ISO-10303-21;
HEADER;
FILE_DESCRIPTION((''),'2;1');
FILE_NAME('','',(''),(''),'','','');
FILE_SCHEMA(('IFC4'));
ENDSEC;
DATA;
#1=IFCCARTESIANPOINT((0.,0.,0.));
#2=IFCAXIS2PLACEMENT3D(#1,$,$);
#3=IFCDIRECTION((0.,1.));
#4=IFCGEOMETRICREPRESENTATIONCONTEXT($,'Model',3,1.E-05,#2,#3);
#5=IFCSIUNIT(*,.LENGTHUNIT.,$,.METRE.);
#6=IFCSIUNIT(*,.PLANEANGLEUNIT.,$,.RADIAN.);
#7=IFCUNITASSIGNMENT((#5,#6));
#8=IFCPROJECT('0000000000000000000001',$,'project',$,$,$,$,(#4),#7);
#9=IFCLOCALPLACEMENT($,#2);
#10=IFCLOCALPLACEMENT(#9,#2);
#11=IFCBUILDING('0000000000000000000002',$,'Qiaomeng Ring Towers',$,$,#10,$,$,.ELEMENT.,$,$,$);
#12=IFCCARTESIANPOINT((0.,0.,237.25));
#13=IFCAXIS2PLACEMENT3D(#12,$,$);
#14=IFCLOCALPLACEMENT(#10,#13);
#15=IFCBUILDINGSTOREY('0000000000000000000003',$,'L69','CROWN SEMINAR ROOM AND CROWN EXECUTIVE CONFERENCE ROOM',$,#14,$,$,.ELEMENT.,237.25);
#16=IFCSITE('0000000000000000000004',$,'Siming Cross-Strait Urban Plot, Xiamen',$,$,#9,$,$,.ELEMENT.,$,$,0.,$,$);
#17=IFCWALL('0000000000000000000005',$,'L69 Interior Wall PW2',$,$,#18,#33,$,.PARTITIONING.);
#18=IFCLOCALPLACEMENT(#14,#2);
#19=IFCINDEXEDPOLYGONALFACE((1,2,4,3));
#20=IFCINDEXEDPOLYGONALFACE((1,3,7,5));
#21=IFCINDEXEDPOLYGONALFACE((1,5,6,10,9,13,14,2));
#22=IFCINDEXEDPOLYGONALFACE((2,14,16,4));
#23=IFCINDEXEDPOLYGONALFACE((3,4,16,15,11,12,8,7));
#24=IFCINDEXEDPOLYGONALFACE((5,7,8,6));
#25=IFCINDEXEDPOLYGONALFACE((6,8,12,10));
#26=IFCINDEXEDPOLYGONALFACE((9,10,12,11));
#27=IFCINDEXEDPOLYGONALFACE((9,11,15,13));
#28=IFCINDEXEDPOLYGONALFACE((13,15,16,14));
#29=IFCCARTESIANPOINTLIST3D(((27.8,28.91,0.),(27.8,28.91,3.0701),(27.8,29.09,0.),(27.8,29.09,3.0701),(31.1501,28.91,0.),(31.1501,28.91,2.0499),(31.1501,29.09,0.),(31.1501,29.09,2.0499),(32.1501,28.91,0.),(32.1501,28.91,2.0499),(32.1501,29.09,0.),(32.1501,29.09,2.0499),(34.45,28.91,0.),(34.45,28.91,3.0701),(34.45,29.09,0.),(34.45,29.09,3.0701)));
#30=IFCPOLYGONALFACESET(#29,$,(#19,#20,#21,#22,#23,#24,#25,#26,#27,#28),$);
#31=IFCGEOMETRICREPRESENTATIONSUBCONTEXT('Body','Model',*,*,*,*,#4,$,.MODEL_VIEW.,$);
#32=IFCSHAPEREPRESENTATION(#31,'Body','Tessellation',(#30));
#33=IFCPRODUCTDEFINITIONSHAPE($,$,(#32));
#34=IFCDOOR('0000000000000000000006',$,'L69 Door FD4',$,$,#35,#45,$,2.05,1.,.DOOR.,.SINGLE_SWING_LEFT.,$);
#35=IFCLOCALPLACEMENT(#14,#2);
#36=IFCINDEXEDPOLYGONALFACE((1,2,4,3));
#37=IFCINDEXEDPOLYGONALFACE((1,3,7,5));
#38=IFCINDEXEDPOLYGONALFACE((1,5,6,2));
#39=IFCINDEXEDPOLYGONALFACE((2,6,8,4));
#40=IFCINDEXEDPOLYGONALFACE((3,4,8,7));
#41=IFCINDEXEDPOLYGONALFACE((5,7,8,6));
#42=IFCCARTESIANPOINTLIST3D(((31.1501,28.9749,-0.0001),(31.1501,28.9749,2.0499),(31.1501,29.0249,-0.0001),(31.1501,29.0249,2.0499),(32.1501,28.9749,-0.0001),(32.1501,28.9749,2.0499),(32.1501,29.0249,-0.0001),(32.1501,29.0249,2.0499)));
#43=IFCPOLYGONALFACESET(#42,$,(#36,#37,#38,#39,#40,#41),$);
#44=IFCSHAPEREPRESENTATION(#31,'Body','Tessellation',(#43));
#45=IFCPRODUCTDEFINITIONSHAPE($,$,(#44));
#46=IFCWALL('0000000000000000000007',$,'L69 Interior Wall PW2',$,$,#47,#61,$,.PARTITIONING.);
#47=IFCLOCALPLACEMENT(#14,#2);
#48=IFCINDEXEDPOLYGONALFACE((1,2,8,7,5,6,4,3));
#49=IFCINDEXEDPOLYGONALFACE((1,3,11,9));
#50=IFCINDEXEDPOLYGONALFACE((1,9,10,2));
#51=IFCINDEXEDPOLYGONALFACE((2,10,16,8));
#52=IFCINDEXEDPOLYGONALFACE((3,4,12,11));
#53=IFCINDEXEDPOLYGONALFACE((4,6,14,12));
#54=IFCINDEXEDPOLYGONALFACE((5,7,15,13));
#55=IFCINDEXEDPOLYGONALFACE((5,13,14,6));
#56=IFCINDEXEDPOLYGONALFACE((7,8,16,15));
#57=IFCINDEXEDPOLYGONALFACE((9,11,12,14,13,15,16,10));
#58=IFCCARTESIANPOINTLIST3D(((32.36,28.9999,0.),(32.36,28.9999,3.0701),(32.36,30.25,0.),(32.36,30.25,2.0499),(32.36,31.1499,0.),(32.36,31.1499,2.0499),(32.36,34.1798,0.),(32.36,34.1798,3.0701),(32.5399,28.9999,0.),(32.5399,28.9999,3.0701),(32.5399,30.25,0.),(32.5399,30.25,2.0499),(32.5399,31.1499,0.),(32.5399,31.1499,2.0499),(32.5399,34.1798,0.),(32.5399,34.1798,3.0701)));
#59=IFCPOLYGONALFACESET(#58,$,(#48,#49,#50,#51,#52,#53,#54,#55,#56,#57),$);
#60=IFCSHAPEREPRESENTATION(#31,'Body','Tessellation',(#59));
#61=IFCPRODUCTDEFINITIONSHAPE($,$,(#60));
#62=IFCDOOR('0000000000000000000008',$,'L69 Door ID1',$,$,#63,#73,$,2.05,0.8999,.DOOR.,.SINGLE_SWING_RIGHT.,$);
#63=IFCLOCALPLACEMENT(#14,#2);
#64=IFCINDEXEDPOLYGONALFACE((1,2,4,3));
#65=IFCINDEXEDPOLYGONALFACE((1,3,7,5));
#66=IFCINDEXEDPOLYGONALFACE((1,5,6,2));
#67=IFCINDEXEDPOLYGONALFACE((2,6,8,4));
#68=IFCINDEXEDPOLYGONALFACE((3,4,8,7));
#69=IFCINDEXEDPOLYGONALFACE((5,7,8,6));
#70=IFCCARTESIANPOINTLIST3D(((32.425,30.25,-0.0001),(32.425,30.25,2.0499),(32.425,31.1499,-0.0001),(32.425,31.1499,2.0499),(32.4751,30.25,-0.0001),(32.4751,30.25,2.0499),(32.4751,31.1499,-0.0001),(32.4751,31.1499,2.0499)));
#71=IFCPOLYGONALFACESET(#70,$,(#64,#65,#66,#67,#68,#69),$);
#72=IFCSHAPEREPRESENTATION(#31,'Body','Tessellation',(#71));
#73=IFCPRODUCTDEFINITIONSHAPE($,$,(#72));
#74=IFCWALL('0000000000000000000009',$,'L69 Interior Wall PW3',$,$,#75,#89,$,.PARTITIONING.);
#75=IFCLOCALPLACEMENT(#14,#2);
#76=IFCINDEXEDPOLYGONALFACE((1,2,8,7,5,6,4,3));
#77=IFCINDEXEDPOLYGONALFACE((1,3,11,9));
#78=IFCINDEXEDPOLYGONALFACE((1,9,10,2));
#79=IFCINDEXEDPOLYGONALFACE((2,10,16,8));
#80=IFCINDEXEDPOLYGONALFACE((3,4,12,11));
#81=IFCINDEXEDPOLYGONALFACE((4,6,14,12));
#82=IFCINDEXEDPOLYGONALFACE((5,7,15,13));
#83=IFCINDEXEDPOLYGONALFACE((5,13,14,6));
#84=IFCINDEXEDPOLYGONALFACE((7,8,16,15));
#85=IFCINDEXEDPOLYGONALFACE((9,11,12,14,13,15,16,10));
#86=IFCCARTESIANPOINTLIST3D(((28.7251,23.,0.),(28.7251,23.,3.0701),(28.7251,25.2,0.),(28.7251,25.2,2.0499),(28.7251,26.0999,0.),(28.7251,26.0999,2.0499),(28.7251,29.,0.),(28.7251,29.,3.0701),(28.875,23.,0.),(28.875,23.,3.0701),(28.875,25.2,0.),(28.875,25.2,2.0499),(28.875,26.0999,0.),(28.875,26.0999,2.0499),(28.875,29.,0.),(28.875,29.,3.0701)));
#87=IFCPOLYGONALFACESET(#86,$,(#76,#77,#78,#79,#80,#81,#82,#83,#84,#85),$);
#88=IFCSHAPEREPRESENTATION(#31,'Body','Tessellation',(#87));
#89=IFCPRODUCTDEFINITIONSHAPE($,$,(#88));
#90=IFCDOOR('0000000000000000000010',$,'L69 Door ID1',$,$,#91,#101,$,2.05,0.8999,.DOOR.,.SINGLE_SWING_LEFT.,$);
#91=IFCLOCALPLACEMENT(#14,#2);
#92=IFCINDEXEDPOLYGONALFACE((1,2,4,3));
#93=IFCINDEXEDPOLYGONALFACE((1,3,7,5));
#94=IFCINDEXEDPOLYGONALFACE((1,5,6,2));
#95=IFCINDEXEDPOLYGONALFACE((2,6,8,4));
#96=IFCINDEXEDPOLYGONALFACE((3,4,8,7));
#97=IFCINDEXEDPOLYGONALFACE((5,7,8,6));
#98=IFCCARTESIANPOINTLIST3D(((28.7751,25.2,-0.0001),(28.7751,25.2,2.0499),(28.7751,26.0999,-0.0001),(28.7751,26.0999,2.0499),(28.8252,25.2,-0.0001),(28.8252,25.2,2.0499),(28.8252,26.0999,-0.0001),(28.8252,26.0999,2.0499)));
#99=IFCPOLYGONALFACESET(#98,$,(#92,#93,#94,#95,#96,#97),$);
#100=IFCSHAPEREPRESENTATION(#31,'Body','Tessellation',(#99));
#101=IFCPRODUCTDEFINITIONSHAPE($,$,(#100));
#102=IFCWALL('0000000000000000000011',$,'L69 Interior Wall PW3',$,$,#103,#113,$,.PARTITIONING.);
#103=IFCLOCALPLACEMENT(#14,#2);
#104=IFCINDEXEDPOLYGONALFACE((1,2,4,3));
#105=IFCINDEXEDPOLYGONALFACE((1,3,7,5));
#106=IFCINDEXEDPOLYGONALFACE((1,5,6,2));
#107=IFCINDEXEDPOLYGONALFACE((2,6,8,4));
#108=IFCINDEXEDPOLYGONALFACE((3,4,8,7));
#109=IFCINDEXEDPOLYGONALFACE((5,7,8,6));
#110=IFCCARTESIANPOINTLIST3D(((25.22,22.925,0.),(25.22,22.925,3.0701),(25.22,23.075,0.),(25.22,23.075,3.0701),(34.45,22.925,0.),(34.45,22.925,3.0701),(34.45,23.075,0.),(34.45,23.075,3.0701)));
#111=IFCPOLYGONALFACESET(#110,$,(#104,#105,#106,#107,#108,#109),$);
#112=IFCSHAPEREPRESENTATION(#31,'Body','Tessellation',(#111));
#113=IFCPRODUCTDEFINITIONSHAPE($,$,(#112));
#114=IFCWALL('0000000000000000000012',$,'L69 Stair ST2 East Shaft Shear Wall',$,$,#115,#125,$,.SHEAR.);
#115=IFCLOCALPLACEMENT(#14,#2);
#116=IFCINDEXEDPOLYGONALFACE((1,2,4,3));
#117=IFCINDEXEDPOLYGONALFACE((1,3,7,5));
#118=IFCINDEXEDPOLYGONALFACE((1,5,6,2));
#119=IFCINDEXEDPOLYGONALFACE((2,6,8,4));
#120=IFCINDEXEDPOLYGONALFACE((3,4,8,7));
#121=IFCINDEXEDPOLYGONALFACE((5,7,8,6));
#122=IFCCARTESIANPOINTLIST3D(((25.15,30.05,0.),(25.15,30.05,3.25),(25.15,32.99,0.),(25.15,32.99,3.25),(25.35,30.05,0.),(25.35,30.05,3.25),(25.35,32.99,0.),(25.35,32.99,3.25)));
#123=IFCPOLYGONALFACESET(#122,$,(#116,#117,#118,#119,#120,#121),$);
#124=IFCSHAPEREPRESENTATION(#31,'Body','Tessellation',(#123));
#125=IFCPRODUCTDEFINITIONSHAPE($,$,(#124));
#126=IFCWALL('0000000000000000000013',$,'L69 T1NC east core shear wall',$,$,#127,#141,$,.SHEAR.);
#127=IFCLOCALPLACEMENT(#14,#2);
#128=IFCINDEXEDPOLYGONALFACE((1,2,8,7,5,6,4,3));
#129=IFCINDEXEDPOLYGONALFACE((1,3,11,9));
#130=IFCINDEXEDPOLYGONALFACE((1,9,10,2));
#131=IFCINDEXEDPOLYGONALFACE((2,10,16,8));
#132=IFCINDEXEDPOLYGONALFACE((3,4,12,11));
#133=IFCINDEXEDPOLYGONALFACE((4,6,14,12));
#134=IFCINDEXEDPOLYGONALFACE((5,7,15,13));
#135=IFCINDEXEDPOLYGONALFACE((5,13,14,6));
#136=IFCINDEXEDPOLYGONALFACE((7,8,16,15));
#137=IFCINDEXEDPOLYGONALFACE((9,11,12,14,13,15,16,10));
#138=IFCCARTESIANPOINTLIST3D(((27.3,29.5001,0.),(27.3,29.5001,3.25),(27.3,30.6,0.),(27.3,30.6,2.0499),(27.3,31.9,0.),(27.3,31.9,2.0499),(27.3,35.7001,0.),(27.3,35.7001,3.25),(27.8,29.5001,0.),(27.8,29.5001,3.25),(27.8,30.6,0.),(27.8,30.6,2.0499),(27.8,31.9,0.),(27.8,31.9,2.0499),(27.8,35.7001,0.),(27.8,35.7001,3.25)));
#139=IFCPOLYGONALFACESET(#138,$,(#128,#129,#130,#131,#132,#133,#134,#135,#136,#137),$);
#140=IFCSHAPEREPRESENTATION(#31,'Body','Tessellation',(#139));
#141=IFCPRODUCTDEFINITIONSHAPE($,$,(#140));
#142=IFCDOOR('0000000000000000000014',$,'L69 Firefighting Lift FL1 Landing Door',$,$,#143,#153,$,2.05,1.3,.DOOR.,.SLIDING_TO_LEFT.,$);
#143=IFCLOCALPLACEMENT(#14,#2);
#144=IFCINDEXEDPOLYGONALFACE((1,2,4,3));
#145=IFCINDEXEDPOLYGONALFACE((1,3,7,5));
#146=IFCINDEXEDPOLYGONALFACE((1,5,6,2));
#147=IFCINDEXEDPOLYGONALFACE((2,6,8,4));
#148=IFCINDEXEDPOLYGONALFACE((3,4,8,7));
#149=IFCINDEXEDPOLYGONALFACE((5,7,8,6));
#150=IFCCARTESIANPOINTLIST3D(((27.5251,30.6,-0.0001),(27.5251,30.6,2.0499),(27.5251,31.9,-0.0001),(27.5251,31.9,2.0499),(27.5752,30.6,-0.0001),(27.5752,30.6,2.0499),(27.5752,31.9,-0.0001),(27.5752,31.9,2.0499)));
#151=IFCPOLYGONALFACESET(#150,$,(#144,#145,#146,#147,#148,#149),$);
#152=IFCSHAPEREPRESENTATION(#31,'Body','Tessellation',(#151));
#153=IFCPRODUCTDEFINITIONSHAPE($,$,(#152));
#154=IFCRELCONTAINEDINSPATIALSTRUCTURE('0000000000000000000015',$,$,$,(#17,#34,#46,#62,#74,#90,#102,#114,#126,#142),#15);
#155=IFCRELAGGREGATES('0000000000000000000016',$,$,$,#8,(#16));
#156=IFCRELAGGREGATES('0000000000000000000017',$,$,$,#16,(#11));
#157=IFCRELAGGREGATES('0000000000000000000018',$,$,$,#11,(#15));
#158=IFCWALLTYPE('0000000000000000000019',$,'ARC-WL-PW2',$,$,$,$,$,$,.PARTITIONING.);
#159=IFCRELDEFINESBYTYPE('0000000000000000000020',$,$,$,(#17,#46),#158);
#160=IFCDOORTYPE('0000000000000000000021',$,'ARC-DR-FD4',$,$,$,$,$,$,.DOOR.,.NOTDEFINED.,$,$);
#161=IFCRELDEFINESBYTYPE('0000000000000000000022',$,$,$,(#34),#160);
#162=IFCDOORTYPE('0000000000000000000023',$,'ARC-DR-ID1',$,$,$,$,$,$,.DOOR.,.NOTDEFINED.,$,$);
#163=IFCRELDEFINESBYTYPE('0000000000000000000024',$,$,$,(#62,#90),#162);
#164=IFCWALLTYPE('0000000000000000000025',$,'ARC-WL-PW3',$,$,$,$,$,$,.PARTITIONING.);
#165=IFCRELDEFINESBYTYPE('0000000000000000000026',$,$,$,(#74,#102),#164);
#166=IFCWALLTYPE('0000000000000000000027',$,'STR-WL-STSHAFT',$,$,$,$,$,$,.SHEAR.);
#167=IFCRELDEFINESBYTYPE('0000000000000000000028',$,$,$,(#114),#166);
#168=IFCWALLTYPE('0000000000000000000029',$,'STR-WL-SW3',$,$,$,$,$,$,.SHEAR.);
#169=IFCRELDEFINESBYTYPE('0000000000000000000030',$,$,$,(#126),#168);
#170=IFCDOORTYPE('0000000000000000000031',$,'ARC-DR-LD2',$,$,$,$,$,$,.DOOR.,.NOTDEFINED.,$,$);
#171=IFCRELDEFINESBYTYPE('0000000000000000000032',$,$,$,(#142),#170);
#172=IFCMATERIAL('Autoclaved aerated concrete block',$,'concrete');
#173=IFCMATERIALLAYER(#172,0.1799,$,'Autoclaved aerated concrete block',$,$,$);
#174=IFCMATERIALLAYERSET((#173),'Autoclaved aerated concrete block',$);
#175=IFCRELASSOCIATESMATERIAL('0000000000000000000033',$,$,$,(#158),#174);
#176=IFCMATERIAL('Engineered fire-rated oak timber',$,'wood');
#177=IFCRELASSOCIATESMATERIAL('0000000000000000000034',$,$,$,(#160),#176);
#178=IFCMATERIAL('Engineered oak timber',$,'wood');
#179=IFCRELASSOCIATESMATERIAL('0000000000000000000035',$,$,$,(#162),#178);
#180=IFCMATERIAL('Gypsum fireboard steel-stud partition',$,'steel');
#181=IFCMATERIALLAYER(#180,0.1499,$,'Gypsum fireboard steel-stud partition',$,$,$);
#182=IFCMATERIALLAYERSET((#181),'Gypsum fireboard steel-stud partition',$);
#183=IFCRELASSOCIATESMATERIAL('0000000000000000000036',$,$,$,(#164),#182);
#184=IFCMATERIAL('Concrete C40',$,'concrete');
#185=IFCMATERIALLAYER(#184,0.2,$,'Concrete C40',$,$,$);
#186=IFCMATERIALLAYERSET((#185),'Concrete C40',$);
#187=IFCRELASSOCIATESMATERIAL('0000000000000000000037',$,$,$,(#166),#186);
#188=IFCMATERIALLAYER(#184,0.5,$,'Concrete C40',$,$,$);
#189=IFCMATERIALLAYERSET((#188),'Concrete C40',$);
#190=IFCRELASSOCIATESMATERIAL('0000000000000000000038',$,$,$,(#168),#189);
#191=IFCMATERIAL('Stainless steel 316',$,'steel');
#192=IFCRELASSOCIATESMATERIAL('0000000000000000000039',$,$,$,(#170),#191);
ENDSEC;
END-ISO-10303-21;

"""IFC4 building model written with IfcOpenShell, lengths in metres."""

from ifc_helpers import new_model, si_unit, direction, frame, frame_2d, origin, place, context, subcontext, project, spatial, rectangle, extrude, source, transform, mapped, material, layer, layer_set, type_object, element, fill, save


model = new_model("IFC4")

# Units and contexts
model_context = context("Model", 3, precision=1e-05, world=origin(), true_north=direction((0.0, 1.0)))
body_context = subcontext(model_context, "Body", "Model", "MODEL_VIEW")
ifc_project = project(units=[si_unit("LENGTHUNIT", "METRE"), si_unit("PLANEANGLEUNIT", "RADIAN")], contexts=[model_context])

# Site, building, storey
site_placement = place(None, origin())
site = spatial("IfcSite", under=ifc_project, at=site_placement, Name="Siming Cross-Strait Urban Plot, Xiamen", CompositionType="ELEMENT", RefElevation=0.0)
building_placement = place(site_placement, origin())
building = spatial("IfcBuilding", under=site, at=building_placement, Name="Qiaomeng Ring Towers", CompositionType="ELEMENT")
storey_placement = place(building_placement, frame((0.0, 0.0, 237.25)))
storey = spatial("IfcBuildingStorey", under=building, at=storey_placement, Name="L69", Description="CROWN SEMINAR ROOM AND CROWN EXECUTIVE CONFERENCE ROOM", CompositionType="ELEMENT", Elevation=237.25)

# Shared definitions
ifc_material_1 = material(Name="Concrete C40", Category="concrete")

# Shared definitions
ifc_material_2 = material(Name="Autoclaved aerated concrete block", Category="concrete")

# Walls, openings, doors
ifc_layer_1 = layer(ifc_material_2, 0.1799, Name="Autoclaved aerated concrete block")
ifc_layer_set_1 = layer_set([ifc_layer_1], Name="Autoclaved aerated concrete block")
wall_type_1 = type_object("IfcWallType", Name="ARC-WL-PW2", PredefinedType="PARTITIONING", material=ifc_layer_set_1)
wall_1_placement = place(storey_placement, frame((27.8, 29.0, 0.0), z_axis=(0.0, 0.0, 1.0), x_axis=(1.0, 0.0, 0.0)))
wall_1 = element("IfcWall", 1, at=wall_1_placement, inside=storey, type_object=wall_type_1, Name="L69 Interior Wall PW2", PredefinedType="PARTITIONING", context=body_context, shape_type="SweptSolid", body=[
    extrude(rectangle(XDim=6.6499, YDim=0.1799, at=frame_2d((3.325, 0.0))), origin(), (0.0, 0.0, 1.0), 3.0701),
])
opening_1_placement = place(wall_1_placement, frame((3.3501, 0.0, 0.0)))
opening_1 = element("IfcOpeningElement", 2, at=opening_1_placement, cuts=wall_1, PredefinedType="OPENING", context=body_context, shape_type="SweptSolid", body=[
    extrude(rectangle(XDim=1.0, YDim=2.05, at=frame_2d((0.5, 1.0249))), frame((0.0, 0.0999, 0.0), z_axis=(0.0, -1.0, 0.0), x_axis=(1.0, 0.0, 0.0)), (0.0, 0.0, 1.0), 0.2),
])
ifc_material_3 = material(Name="Engineered fire-rated oak timber", Category="wood")
door_type_1 = type_object("IfcDoorType", Name="ARC-DR-FD4", OperationType="NOTDEFINED", PredefinedType="DOOR", material=ifc_material_3)
shared_shape_1 = source(origin(), body_context, "Body", "SweptSolid", [
    extrude(rectangle(XDim=1.0, YDim=2.05, at=frame_2d((0.5, 1.0249))), frame((0.0, 0.0249, 0.0), z_axis=(0.0, -1.0, 0.0), x_axis=(1.0, 0.0, 0.0)), (0.0, 0.0, 1.0), 0.05),
])
door_1_placement = place(opening_1_placement, origin())
door_1 = element("IfcDoor", 3, at=door_1_placement, inside=storey, type_object=door_type_1, Name="L69 Door FD4", OperationType="SINGLE_SWING_LEFT", OverallHeight=2.05, OverallWidth=1.0, PredefinedType="DOOR", context=body_context, shape_type="MappedRepresentation", body=[
    mapped(shared_shape_1, transform((0.0, 0.0, 0.0), x_axis=(1.0, 0.0, 0.0), y_axis=(0.0, 1.0, 0.0), z_axis=(0.0, 0.0, 1.0), scale=1.0)),
])
fill(opening_1, door_1)
wall_2_placement = place(storey_placement, frame((32.45, 29.0, 0.0), z_axis=(0.0, 0.0, 1.0), x_axis=(0.0, 1.0, 0.0)))
wall_2 = element("IfcWall", 4, at=wall_2_placement, inside=storey, type_object=wall_type_1, Name="L69 Interior Wall PW2", PredefinedType="PARTITIONING", context=body_context, shape_type="SweptSolid", body=[
    extrude(rectangle(XDim=5.1799, YDim=0.1799, at=frame_2d((2.5898, 0.0))), origin(), (0.0, 0.0, 1.0), 3.0701),
])
opening_2_placement = place(wall_2_placement, frame((1.25, 0.0, 0.0)))
opening_2 = element("IfcOpeningElement", 5, at=opening_2_placement, cuts=wall_2, PredefinedType="OPENING", context=body_context, shape_type="SweptSolid", body=[
    extrude(rectangle(XDim=0.8999, YDim=2.05, at=frame_2d((0.45, 1.0249))), frame((0.0, 0.0999, 0.0), z_axis=(0.0, -1.0, 0.0), x_axis=(1.0, 0.0, 0.0)), (0.0, 0.0, 1.0), 0.2),
])
ifc_material_4 = material(Name="Engineered oak timber", Category="wood")
door_type_2 = type_object("IfcDoorType", Name="ARC-DR-ID1", OperationType="NOTDEFINED", PredefinedType="DOOR", material=ifc_material_4)
shared_shape_2 = source(origin(), body_context, "Body", "SweptSolid", [
    extrude(rectangle(XDim=0.8999, YDim=2.05, at=frame_2d((0.45, 1.0249))), frame((0.0, 0.0249, 0.0), z_axis=(0.0, -1.0, 0.0), x_axis=(1.0, 0.0, 0.0)), (0.0, 0.0, 1.0), 0.05),
])
door_2_placement = place(opening_2_placement, origin())
door_2 = element("IfcDoor", 6, at=door_2_placement, inside=storey, type_object=door_type_2, Name="L69 Door ID1", OperationType="SINGLE_SWING_RIGHT", OverallHeight=2.05, OverallWidth=0.8999, PredefinedType="DOOR", context=body_context, shape_type="MappedRepresentation", body=[
    mapped(shared_shape_2, transform((0.0, 0.0, 0.0), x_axis=(1.0, 0.0, 0.0), y_axis=(0.0, 1.0, 0.0), z_axis=(0.0, 0.0, 1.0), scale=1.0)),
])
fill(opening_2, door_2)
ifc_material_5 = material(Name="Gypsum fireboard steel-stud partition", Category="steel")
ifc_layer_2 = layer(ifc_material_5, 0.1499, Name="Gypsum fireboard steel-stud partition")
ifc_layer_set_2 = layer_set([ifc_layer_2], Name="Gypsum fireboard steel-stud partition")
wall_type_2 = type_object("IfcWallType", Name="ARC-WL-PW3", PredefinedType="PARTITIONING", material=ifc_layer_set_2)
wall_3_placement = place(storey_placement, frame((28.8, 23.0, 0.0), z_axis=(0.0, 0.0, 1.0), x_axis=(0.0, 1.0, 0.0)))
wall_3 = element("IfcWall", 7, at=wall_3_placement, inside=storey, type_object=wall_type_2, Name="L69 Interior Wall PW3", PredefinedType="PARTITIONING", context=body_context, shape_type="SweptSolid", body=[
    extrude(rectangle(XDim=6.0, YDim=0.1499, at=frame_2d((3.0, 0.0))), origin(), (0.0, 0.0, 1.0), 3.0701),
])
opening_3_placement = place(wall_3_placement, frame((2.2, 0.0, 0.0)))
opening_3 = element("IfcOpeningElement", 8, at=opening_3_placement, cuts=wall_3, PredefinedType="OPENING", context=body_context, shape_type="SweptSolid", body=[
    extrude(rectangle(XDim=0.8999, YDim=2.05, at=frame_2d((0.45, 1.0249))), frame((0.0, 0.085, 0.0), z_axis=(0.0, -1.0, 0.0), x_axis=(1.0, 0.0, 0.0)), (0.0, 0.0, 1.0), 0.1699),
])
door_3_placement = place(opening_3_placement, origin())
door_3 = element("IfcDoor", 9, at=door_3_placement, inside=storey, type_object=door_type_2, Name="L69 Door ID1", OperationType="SINGLE_SWING_LEFT", OverallHeight=2.05, OverallWidth=0.8999, PredefinedType="DOOR", context=body_context, shape_type="MappedRepresentation", body=[
    mapped(shared_shape_2, transform((0.0, 0.0, 0.0), x_axis=(1.0, 0.0, 0.0), y_axis=(0.0, 1.0, 0.0), z_axis=(0.0, 0.0, 1.0), scale=1.0)),
])
fill(opening_3, door_3)

# Walls
wall_4_placement = place(storey_placement, frame((25.22, 23.0, 0.0), z_axis=(0.0, 0.0, 1.0), x_axis=(1.0, 0.0, 0.0)))
element("IfcWall", 10, at=wall_4_placement, inside=storey, type_object=wall_type_2, Name="L69 Interior Wall PW3", PredefinedType="PARTITIONING", context=body_context, shape_type="SweptSolid", body=[
    extrude(rectangle(XDim=9.23, YDim=0.1499, at=frame_2d((4.615, 0.0))), origin(), (0.0, 0.0, 1.0), 3.0701),
])
ifc_layer_3 = layer(ifc_material_1, 0.2, Name="Concrete C40")
ifc_layer_set_3 = layer_set([ifc_layer_3], Name="Concrete C40")
wall_type_3 = type_object("IfcWallType", Name="STR-WL-STSHAFT", PredefinedType="SHEAR", material=ifc_layer_set_3)
wall_5_placement = place(storey_placement, frame((25.25, 30.05, 0.0), z_axis=(0.0, 0.0, 1.0), x_axis=(0.0, 1.0, 0.0)))
element("IfcWall", 11, at=wall_5_placement, inside=storey, type_object=wall_type_3, Name="L69 Stair ST2 East Shaft Shear Wall", PredefinedType="SHEAR", context=body_context, shape_type="SweptSolid", body=[
    extrude(rectangle(XDim=2.9399, YDim=0.2, at=frame_2d((1.47, 0.0))), origin(), (0.0, 0.0, 1.0), 3.25),
])

# Wall, opening, door
ifc_layer_4 = layer(ifc_material_1, 0.5, Name="Concrete C40")
ifc_layer_set_4 = layer_set([ifc_layer_4], Name="Concrete C40")
wall_type_4 = type_object("IfcWallType", Name="STR-WL-SW3", PredefinedType="SHEAR", material=ifc_layer_set_4)
wall_6_placement = place(storey_placement, frame((27.55, 29.5, 0.0), z_axis=(0.0, 0.0, 1.0), x_axis=(0.0, 1.0, 0.0)))
wall_6 = element("IfcWall", 12, at=wall_6_placement, inside=storey, type_object=wall_type_4, Name="L69 T1NC east core shear wall", PredefinedType="SHEAR", context=body_context, shape_type="SweptSolid", body=[
    extrude(rectangle(XDim=6.2, YDim=0.5, at=frame_2d((3.1001, 0.0))), origin(), (0.0, 0.0, 1.0), 3.25),
])
opening_4_placement = place(wall_6_placement, frame((1.1001, 0.0, 0.0)))
opening_4 = element("IfcOpeningElement", 13, at=opening_4_placement, cuts=wall_6, PredefinedType="OPENING", context=body_context, shape_type="SweptSolid", body=[
    extrude(rectangle(XDim=1.3, YDim=2.05, at=frame_2d((0.6499, 1.0249))), frame((0.0, 0.26, 0.0), z_axis=(0.0, -1.0, 0.0), x_axis=(1.0, 0.0, 0.0)), (0.0, 0.0, 1.0), 0.52),
])
ifc_material_6 = material(Name="Stainless steel 316", Category="steel")
door_type_3 = type_object("IfcDoorType", Name="ARC-DR-LD2", OperationType="NOTDEFINED", PredefinedType="DOOR", material=ifc_material_6)
shared_shape_3 = source(origin(), body_context, "Body", "SweptSolid", [
    extrude(rectangle(XDim=1.3, YDim=2.05, at=frame_2d((0.6499, 1.0249))), frame((0.0, 0.0249, 0.0), z_axis=(0.0, -1.0, 0.0), x_axis=(1.0, 0.0, 0.0)), (0.0, 0.0, 1.0), 0.05),
])
door_4_placement = place(opening_4_placement, origin())
door_4 = element("IfcDoor", 14, at=door_4_placement, inside=storey, type_object=door_type_3, Name="L69 Firefighting Lift FL1 Landing Door", OperationType="SLIDING_TO_LEFT", OverallHeight=2.05, OverallWidth=1.3, PredefinedType="DOOR", context=body_context, shape_type="MappedRepresentation", body=[
    mapped(shared_shape_3, transform((0.0, 0.0, 0.0), x_axis=(1.0, 0.0, 0.0), y_axis=(0.0, 1.0, 0.0), z_axis=(0.0, 0.0, 1.0), scale=1.0)),
])
fill(opening_4, door_4)

save(model, "model.ifc")
